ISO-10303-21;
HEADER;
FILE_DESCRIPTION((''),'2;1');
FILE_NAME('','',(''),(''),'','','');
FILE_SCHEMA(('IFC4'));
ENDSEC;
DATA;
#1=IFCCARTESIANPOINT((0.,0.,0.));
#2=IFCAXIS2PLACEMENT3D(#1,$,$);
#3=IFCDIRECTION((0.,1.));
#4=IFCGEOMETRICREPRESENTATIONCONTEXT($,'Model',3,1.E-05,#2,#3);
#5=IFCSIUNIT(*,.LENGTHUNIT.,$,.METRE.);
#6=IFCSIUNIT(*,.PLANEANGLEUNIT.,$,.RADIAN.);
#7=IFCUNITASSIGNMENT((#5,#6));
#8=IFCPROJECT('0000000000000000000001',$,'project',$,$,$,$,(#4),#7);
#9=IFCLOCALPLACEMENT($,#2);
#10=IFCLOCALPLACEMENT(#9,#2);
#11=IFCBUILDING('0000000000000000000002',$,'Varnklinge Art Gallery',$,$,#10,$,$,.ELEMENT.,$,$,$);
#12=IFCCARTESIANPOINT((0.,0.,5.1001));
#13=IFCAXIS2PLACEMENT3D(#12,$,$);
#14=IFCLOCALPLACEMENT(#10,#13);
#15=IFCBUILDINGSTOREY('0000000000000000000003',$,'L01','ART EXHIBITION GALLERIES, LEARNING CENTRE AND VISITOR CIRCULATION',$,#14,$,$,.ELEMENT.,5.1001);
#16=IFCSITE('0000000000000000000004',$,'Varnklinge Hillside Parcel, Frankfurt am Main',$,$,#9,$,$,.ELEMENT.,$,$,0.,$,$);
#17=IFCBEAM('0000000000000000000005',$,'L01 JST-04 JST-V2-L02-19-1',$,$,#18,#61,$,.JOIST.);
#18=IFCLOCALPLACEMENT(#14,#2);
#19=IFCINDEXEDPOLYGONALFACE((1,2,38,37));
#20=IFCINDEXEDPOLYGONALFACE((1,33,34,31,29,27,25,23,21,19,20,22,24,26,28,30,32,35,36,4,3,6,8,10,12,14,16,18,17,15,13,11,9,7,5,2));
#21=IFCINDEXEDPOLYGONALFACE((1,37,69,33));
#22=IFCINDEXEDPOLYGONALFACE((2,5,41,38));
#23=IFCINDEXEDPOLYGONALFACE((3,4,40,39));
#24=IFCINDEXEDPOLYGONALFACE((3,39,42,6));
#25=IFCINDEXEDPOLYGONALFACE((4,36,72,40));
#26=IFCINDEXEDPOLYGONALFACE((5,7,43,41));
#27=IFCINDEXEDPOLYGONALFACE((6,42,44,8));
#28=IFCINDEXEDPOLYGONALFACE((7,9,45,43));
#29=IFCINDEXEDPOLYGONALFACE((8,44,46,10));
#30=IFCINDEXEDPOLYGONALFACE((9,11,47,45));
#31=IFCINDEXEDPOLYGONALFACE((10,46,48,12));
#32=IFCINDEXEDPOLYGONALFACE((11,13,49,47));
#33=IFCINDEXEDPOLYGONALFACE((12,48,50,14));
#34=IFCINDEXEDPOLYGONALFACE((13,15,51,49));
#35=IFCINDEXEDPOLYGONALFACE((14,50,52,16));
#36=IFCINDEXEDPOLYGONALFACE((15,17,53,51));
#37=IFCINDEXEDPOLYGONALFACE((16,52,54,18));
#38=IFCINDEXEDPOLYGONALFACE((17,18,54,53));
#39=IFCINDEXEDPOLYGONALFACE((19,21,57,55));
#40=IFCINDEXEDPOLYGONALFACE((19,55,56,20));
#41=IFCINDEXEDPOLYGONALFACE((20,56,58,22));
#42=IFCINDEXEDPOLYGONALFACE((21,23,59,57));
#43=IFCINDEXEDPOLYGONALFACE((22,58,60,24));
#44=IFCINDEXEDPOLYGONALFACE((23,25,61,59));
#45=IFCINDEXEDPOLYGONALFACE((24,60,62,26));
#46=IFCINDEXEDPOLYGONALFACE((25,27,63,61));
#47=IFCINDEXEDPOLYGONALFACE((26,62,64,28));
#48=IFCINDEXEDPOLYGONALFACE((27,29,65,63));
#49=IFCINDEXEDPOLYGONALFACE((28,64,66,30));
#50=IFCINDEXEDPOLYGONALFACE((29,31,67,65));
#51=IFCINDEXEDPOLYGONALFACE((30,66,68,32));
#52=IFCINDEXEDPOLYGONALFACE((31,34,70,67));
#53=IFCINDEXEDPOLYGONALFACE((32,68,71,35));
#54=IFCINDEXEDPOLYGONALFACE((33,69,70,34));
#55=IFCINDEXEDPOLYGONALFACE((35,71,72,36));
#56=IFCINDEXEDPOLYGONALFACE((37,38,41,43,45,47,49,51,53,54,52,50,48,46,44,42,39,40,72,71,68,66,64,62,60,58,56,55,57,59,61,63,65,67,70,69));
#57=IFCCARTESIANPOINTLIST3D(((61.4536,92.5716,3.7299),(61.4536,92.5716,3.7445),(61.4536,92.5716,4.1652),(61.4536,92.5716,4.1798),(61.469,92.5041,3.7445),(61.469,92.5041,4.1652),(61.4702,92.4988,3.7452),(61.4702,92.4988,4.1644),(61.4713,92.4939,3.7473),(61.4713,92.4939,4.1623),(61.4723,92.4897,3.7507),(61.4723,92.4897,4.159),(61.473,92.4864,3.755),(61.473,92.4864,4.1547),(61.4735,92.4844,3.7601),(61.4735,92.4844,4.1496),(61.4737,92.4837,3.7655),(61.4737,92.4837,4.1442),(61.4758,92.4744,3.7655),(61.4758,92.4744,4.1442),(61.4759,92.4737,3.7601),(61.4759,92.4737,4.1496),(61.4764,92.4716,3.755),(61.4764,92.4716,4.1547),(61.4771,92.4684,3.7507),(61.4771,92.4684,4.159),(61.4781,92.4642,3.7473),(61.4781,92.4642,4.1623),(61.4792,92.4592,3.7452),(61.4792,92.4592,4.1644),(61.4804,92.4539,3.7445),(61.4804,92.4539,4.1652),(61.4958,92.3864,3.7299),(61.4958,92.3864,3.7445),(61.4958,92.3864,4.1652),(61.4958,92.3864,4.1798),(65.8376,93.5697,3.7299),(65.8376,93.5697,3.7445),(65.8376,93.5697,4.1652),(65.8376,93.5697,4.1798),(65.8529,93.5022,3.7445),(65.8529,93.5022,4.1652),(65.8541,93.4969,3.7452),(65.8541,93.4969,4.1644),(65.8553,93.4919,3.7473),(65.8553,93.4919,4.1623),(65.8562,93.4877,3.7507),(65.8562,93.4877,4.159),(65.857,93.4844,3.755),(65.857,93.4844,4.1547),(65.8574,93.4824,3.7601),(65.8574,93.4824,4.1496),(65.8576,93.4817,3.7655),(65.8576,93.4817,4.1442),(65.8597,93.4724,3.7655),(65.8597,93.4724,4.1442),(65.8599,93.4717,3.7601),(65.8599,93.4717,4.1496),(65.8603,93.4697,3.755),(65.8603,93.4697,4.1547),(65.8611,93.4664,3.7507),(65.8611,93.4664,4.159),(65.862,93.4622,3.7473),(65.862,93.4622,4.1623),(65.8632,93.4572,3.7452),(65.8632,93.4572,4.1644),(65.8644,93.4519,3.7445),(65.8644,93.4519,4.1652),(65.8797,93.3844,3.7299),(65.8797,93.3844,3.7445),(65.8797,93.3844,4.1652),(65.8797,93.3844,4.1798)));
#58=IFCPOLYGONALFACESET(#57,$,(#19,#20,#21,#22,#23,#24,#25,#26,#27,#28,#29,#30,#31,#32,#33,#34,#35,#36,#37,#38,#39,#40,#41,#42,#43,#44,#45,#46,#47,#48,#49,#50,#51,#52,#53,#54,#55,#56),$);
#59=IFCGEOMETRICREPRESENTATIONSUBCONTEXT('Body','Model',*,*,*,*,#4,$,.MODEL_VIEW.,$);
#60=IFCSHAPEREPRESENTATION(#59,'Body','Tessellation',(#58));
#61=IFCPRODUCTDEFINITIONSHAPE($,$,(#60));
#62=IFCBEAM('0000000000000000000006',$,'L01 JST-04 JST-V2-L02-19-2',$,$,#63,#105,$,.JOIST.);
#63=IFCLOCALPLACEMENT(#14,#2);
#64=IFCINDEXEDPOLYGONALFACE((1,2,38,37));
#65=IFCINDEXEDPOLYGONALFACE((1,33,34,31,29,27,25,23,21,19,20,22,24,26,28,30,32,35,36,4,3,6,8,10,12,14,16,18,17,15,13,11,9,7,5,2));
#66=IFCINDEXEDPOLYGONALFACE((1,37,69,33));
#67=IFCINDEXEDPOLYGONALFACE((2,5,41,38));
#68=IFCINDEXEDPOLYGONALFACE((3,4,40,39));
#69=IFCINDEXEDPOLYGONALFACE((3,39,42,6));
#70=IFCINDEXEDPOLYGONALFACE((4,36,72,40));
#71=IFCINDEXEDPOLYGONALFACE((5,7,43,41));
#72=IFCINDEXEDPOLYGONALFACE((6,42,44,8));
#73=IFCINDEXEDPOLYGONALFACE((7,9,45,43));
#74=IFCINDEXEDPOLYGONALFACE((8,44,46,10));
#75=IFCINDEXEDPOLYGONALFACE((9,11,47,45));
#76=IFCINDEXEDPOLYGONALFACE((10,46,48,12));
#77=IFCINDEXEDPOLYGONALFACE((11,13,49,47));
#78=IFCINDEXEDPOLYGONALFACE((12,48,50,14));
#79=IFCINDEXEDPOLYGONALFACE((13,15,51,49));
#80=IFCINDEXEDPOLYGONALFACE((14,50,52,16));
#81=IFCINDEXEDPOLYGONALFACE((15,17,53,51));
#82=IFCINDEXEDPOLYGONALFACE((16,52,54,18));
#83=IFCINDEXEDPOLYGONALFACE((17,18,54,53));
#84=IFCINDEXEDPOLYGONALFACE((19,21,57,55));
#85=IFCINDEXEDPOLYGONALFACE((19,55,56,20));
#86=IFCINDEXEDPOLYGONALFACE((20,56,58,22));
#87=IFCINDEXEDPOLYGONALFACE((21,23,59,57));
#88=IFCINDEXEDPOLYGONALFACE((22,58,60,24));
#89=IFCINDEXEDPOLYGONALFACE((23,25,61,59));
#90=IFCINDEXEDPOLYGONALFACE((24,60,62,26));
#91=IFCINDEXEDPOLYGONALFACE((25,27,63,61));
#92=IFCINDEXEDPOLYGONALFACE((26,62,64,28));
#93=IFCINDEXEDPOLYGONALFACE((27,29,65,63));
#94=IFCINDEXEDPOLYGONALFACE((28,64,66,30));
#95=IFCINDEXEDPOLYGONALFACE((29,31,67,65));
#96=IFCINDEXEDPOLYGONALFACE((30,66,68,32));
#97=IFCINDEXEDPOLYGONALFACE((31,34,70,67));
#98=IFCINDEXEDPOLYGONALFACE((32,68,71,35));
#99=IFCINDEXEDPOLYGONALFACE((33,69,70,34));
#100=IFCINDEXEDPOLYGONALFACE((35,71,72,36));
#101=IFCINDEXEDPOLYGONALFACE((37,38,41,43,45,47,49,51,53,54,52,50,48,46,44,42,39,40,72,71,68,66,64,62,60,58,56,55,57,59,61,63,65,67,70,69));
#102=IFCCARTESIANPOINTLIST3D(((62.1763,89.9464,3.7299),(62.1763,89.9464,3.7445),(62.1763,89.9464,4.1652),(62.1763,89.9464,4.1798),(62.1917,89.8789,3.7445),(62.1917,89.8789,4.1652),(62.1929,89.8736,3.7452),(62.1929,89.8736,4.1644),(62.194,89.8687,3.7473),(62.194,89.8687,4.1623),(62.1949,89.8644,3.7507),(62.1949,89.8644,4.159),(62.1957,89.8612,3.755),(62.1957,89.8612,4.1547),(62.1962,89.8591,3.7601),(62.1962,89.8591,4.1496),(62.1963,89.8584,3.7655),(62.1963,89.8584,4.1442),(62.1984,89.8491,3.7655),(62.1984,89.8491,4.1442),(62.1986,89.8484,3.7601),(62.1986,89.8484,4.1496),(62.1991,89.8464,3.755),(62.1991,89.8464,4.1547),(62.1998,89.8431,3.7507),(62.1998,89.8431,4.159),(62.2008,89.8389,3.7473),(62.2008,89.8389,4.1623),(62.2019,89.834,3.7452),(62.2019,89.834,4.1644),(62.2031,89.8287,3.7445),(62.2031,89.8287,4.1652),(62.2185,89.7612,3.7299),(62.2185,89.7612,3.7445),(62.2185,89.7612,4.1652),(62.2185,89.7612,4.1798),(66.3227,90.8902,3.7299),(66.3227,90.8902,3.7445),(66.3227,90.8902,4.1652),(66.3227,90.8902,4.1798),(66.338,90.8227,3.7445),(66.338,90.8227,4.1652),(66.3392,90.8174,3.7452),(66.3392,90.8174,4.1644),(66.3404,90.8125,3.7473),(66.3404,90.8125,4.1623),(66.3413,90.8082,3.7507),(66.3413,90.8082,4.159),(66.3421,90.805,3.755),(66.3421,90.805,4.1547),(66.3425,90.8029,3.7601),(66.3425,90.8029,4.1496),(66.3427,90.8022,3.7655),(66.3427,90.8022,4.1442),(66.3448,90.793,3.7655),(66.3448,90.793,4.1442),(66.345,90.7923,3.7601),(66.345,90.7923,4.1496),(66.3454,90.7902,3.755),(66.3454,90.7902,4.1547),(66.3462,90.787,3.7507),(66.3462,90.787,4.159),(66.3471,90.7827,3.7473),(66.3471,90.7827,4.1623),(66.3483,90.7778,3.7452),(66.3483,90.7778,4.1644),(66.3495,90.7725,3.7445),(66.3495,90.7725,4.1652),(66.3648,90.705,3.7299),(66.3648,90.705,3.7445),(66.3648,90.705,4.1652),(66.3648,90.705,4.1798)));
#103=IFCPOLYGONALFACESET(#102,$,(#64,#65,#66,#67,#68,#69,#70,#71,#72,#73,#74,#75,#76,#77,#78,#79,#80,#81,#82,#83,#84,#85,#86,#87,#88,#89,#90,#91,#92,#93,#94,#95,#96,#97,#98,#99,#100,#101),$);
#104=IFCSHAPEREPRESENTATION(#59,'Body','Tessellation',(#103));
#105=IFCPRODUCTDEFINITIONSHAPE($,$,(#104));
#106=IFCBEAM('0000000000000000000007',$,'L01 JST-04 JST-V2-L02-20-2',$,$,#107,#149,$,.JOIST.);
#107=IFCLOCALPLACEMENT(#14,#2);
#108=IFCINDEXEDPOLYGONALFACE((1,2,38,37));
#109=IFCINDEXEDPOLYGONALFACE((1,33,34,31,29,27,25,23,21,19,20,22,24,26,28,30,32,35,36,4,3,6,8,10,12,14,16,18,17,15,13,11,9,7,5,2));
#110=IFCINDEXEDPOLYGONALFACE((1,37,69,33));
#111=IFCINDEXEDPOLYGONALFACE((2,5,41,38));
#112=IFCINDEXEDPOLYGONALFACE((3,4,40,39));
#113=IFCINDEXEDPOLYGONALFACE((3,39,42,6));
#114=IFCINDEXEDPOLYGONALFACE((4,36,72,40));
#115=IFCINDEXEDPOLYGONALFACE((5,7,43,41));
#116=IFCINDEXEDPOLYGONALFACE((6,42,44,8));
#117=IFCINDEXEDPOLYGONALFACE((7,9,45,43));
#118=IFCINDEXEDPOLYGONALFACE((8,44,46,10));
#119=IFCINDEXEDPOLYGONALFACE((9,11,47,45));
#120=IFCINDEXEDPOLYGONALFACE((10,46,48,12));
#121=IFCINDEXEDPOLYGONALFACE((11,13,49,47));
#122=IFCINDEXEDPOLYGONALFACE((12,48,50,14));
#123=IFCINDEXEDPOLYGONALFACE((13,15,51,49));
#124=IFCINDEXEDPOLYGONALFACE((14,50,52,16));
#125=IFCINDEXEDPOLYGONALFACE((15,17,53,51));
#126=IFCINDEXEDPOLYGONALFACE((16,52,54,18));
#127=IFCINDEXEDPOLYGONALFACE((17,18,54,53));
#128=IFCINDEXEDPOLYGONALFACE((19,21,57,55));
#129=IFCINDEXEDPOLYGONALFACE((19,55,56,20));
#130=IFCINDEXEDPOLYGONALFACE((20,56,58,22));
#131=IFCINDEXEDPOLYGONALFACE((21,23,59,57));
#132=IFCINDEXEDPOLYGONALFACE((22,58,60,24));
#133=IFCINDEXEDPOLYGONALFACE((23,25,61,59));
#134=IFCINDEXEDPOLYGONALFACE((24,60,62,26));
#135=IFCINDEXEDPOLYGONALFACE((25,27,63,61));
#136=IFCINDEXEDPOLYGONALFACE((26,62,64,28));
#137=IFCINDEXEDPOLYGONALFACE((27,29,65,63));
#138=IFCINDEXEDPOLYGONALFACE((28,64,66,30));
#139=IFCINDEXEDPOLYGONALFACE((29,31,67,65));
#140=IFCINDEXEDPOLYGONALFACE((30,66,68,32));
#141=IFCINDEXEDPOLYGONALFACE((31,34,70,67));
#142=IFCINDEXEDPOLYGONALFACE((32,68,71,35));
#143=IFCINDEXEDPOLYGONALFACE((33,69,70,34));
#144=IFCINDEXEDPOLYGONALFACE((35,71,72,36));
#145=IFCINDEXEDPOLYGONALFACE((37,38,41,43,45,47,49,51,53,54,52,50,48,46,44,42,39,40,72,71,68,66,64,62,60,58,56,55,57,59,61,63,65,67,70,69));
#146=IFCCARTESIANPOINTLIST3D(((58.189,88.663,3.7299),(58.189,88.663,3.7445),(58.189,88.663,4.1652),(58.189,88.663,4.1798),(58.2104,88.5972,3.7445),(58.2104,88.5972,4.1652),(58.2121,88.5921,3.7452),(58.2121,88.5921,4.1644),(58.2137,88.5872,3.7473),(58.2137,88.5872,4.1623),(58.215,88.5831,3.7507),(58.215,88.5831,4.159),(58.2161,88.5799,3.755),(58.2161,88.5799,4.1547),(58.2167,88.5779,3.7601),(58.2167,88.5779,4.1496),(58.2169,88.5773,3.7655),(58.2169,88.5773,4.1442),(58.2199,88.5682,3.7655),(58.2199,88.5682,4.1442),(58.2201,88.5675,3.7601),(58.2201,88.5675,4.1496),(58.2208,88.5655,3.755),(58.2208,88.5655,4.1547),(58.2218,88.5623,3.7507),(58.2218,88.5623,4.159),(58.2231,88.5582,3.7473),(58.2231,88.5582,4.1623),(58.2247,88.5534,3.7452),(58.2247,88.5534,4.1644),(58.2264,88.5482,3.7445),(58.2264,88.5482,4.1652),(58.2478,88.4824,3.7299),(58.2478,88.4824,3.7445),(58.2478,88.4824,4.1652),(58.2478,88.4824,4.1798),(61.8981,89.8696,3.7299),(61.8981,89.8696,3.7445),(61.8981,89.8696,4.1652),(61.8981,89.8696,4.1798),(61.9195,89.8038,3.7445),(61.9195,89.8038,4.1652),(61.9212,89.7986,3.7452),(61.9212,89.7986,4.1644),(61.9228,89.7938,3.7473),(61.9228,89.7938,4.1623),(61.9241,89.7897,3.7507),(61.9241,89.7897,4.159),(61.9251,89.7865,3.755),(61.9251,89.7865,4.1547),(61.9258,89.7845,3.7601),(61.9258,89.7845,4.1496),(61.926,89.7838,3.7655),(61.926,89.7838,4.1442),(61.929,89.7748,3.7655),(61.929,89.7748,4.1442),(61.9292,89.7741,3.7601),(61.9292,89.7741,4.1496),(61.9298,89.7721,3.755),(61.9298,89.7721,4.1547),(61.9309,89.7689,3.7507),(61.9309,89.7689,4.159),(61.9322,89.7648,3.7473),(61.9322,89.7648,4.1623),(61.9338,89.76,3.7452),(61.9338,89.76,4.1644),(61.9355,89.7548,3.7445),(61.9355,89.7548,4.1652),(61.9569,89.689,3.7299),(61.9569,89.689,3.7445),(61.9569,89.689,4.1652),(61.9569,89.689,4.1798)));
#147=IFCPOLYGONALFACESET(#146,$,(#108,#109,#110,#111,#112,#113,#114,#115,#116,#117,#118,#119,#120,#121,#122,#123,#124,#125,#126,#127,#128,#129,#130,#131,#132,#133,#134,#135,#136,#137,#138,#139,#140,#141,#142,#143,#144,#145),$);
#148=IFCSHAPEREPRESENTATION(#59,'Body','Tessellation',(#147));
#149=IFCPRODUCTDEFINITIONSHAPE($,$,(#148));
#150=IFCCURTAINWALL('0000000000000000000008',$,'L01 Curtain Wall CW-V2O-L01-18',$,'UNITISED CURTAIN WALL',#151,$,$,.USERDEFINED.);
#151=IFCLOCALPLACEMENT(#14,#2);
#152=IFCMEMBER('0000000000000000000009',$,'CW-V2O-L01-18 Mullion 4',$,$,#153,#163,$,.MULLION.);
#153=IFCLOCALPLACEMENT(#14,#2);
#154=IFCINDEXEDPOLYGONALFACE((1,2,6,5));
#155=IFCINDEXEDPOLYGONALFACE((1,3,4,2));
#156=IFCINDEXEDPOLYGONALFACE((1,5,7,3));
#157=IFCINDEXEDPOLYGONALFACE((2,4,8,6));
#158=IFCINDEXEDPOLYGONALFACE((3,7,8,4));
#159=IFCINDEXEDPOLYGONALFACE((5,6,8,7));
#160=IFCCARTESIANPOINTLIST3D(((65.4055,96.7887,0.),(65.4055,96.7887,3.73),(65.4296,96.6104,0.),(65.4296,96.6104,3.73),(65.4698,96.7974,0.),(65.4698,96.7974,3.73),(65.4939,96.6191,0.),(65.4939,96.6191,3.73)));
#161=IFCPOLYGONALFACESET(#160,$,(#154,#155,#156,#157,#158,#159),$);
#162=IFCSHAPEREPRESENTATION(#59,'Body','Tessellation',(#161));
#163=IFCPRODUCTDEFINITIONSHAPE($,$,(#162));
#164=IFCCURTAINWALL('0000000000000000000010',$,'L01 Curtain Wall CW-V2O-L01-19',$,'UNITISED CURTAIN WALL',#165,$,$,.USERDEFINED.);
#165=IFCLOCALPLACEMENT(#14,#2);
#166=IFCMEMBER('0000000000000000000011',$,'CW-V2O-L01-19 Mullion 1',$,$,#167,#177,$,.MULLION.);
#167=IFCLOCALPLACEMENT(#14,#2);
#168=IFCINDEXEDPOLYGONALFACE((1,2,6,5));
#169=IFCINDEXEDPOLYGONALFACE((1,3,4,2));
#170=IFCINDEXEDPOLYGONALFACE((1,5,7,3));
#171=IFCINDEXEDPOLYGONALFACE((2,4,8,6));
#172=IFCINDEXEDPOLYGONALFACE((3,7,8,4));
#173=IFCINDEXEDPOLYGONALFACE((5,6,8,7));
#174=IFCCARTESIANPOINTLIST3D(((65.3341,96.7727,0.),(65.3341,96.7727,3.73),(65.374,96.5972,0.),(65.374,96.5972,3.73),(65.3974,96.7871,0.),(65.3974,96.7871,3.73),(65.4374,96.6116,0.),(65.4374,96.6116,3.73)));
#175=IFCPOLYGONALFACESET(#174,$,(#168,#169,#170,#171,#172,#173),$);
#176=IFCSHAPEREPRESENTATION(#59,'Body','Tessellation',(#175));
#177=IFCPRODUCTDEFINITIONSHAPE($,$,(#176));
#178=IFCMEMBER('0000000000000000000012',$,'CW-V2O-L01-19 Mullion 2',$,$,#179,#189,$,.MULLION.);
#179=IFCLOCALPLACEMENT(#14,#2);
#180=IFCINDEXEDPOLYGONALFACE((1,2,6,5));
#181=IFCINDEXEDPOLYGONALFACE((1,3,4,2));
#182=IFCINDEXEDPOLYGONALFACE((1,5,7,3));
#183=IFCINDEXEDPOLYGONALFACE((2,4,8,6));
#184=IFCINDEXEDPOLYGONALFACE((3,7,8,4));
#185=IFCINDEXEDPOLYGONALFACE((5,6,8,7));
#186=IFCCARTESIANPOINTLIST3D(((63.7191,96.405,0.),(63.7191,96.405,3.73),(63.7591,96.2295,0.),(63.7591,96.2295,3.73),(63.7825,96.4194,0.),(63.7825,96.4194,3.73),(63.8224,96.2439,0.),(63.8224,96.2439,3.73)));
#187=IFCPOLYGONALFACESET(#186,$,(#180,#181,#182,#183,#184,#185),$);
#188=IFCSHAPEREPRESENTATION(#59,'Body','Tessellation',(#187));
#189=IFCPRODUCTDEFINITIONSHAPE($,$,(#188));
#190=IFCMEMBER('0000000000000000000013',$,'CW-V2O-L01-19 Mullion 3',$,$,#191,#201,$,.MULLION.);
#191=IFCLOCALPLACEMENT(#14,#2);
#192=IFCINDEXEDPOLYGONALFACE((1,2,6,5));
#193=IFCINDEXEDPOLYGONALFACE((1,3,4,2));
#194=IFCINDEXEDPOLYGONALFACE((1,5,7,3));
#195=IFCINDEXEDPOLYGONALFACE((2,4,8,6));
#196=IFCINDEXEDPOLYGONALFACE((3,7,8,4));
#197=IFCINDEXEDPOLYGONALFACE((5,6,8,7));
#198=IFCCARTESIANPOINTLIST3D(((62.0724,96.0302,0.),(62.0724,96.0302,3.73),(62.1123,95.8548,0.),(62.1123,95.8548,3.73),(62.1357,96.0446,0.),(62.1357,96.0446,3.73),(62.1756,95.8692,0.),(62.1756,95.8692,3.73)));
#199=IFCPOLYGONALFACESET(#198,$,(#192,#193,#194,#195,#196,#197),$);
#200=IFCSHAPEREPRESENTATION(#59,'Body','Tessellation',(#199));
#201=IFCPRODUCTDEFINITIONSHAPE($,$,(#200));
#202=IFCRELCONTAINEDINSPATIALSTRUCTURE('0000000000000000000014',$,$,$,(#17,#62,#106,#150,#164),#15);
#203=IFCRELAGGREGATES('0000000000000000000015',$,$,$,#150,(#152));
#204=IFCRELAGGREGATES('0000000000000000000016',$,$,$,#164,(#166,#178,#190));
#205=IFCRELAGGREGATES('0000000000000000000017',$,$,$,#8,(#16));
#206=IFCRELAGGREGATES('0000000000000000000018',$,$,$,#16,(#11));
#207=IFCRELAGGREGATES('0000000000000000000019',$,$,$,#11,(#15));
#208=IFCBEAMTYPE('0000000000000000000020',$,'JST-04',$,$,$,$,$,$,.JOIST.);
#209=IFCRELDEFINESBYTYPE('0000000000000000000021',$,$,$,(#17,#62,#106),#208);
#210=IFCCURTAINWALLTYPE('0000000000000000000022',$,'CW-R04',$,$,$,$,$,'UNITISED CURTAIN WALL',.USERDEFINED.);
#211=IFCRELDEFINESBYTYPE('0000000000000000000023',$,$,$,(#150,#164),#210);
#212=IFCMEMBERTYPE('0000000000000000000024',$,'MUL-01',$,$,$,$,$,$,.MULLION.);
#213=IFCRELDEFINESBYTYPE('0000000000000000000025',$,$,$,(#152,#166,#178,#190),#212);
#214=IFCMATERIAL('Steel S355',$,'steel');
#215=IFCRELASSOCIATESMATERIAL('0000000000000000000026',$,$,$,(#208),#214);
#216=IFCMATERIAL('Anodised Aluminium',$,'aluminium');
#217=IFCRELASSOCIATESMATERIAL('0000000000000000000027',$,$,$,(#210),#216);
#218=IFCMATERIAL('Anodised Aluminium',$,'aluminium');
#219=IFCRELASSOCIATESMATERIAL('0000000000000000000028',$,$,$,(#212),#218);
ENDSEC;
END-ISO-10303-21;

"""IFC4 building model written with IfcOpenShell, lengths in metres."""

from ifc_helpers import new_model, si_unit, direction, frame, origin, origin_2d, place, context, subcontext, project, spatial, rectangle, i_section, extrude, material, material_profile, profile_set, type_object, element, aggregate, save


model = new_model("IFC4")

# Units and contexts
model_context = context("Model", 3, precision=1e-05, world=origin(), true_north=direction((0.0, 1.0)))
body_context = subcontext(model_context, "Body", "Model", "MODEL_VIEW")
ifc_project = project(units=[si_unit("LENGTHUNIT", "METRE"), si_unit("PLANEANGLEUNIT", "RADIAN")], contexts=[model_context])

# Site, building, storey
site_placement = place(None, origin())
site = spatial("IfcSite", under=ifc_project, at=site_placement, Name="Varnklinge Hillside Parcel, Frankfurt am Main", CompositionType="ELEMENT", RefElevation=0.0)
building_placement = place(site_placement, origin())
building = spatial("IfcBuilding", under=site, at=building_placement, Name="Varnklinge Art Gallery", CompositionType="ELEMENT")
storey_placement = place(building_placement, frame((0.0, 0.0, 5.1001)))
storey = spatial("IfcBuildingStorey", under=building, at=storey_placement, Name="L01", Description="ART EXHIBITION GALLERIES, LEARNING CENTRE AND VISITOR CIRCULATION", CompositionType="ELEMENT", Elevation=5.1001)

# Beams
ifc_material_1 = material(Name="Steel S355", Category="steel")
ifc_material_profile_1 = material_profile(ifc_material_1, i_section(OverallWidth=0.1899, OverallDepth=0.45, WebThickness=0.0095, FlangeThickness=0.0146, FilletRadius=0.021, at=origin_2d()), Name="IPE 450")
ifc_profile_set_1 = profile_set([ifc_material_profile_1], Name="Steel S355")
beam_type_1 = type_object("IfcBeamType", Name="JST-04", PredefinedType="JOIST", material=ifc_profile_set_1)
beam_1_placement = place(storey_placement, frame((65.8586, 93.4771, 3.9548), z_axis=(-0.975052, -0.221975, 0.0), x_axis=(0.221975, -0.975052, 0.0)))
element("IfcBeam", 1, at=beam_1_placement, inside=storey, type_object=beam_type_1, Name="L01 JST-04 JST-V2-L02-19-1", PredefinedType="JOIST", context=body_context, shape_type="SweptSolid", body=[
    extrude(i_section(OverallWidth=0.1899, OverallDepth=0.45, WebThickness=0.0095, FlangeThickness=0.0146, FilletRadius=0.021, at=origin_2d()), origin(), (0.0, 0.0, 1.0), 4.4961),
])
beam_2_placement = place(storey_placement, frame((66.3438, 90.7976, 3.9548), z_axis=(-0.975058, -0.221949, 0.0), x_axis=(0.221949, -0.975058, 0.0)))
element("IfcBeam", 2, at=beam_2_placement, inside=storey, type_object=beam_type_1, Name="L01 JST-04 JST-V2-L02-19-2", PredefinedType="JOIST", context=body_context, shape_type="SweptSolid", body=[
    extrude(i_section(OverallWidth=0.1899, OverallDepth=0.45, WebThickness=0.0095, FlangeThickness=0.0146, FilletRadius=0.021, at=origin_2d()), origin(), (0.0, 0.0, 1.0), 4.2524),
])
beam_3_placement = place(storey_placement, frame((61.9275, 89.7793, 3.9548), z_axis=(-0.950949, -0.309346, 0.0), x_axis=(0.309346, -0.950949, 0.0)))
element("IfcBeam", 3, at=beam_3_placement, inside=storey, type_object=beam_type_1, Name="L01 JST-04 JST-V2-L02-20-2", PredefinedType="JOIST", context=body_context, shape_type="SweptSolid", body=[
    extrude(i_section(OverallWidth=0.1899, OverallDepth=0.45, WebThickness=0.0095, FlangeThickness=0.0146, FilletRadius=0.021, at=origin_2d()), origin(), (0.0, 0.0, 1.0), 3.9004),
])

# Curtain wall, member
ifc_material_2 = material(Name="Anodised Aluminium", Category="aluminium")
curtain_wall_type = type_object("IfcCurtainWallType", Name="CW-R04", ElementType="UNITISED CURTAIN WALL", PredefinedType="USERDEFINED", material=ifc_material_2)
curtain_wall_1_placement = place(storey_placement, origin())
curtain_wall_1 = element("IfcCurtainWall", 4, at=curtain_wall_1_placement, inside=storey, type_object=curtain_wall_type, Name="L01 Curtain Wall CW-V2O-L01-18", ObjectType="UNITISED CURTAIN WALL", PredefinedType="USERDEFINED")
ifc_material_3 = material(Name="Anodised Aluminium", Category="aluminium")
ifc_material_profile_2 = material_profile(ifc_material_3, rectangle(XDim=0.0649, YDim=0.1799, at=origin_2d()), Name="ALU 65x180")
ifc_profile_set_2 = profile_set([ifc_material_profile_2], Name="Anodised Aluminium")
member_type_1 = type_object("IfcMemberType", Name="MUL-01", PredefinedType="MULLION", material=ifc_profile_set_2)
member_1_placement = place(storey_placement, frame((65.4497, 96.7039, 0.0), z_axis=(0.0, 0.0, 1.0), x_axis=(-0.990983, -0.133986, 0.0)))
member_1 = element("IfcMember", 5, at=member_1_placement, type_object=member_type_1, Name="CW-V2O-L01-18 Mullion 4", PredefinedType="MULLION", context=body_context, shape_type="SweptSolid", body=[
    extrude(rectangle(XDim=0.0649, YDim=0.1799, at=origin_2d()), origin(), (0.0, 0.0, 1.0), 3.73),
])

# Curtain wall, members
curtain_wall_2_placement = place(storey_placement, origin())
curtain_wall_2 = element("IfcCurtainWall", 6, at=curtain_wall_2_placement, inside=storey, type_object=curtain_wall_type, Name="L01 Curtain Wall CW-V2O-L01-19", ObjectType="UNITISED CURTAIN WALL", PredefinedType="USERDEFINED")
member_2_placement = place(storey_placement, frame((65.3857, 96.6921, 0.0), z_axis=(0.0, 0.0, 1.0), x_axis=(-0.975072, -0.221889, 0.0)))
member_2 = element("IfcMember", 7, at=member_2_placement, type_object=member_type_1, Name="CW-V2O-L01-19 Mullion 1", PredefinedType="MULLION", context=body_context, shape_type="SweptSolid", body=[
    extrude(rectangle(XDim=0.0649, YDim=0.1799, at=origin_2d()), origin(), (0.0, 0.0, 1.0), 3.73),
])
member_3_placement = place(storey_placement, frame((63.7708, 96.3245, 0.0), z_axis=(0.0, 0.0, 1.0), x_axis=(-0.975072, -0.221889, 0.0)))
member_3 = element("IfcMember", 8, at=member_3_placement, type_object=member_type_1, Name="CW-V2O-L01-19 Mullion 2", PredefinedType="MULLION", context=body_context, shape_type="SweptSolid", body=[
    extrude(rectangle(XDim=0.0649, YDim=0.1799, at=origin_2d()), origin(), (0.0, 0.0, 1.0), 3.73),
])
member_4_placement = place(storey_placement, frame((62.124, 95.9497, 0.0), z_axis=(0.0, 0.0, 1.0), x_axis=(-0.975072, -0.221889, 0.0)))
member_4 = element("IfcMember", 9, at=member_4_placement, type_object=member_type_1, Name="CW-V2O-L01-19 Mullion 3", PredefinedType="MULLION", context=body_context, shape_type="SweptSolid", body=[
    extrude(rectangle(XDim=0.0649, YDim=0.1799, at=origin_2d()), origin(), (0.0, 0.0, 1.0), 3.73),
])

aggregate(curtain_wall_1, [member_1])
aggregate(curtain_wall_2, [member_2, member_3, member_4])

save(model, "model.ifc")
